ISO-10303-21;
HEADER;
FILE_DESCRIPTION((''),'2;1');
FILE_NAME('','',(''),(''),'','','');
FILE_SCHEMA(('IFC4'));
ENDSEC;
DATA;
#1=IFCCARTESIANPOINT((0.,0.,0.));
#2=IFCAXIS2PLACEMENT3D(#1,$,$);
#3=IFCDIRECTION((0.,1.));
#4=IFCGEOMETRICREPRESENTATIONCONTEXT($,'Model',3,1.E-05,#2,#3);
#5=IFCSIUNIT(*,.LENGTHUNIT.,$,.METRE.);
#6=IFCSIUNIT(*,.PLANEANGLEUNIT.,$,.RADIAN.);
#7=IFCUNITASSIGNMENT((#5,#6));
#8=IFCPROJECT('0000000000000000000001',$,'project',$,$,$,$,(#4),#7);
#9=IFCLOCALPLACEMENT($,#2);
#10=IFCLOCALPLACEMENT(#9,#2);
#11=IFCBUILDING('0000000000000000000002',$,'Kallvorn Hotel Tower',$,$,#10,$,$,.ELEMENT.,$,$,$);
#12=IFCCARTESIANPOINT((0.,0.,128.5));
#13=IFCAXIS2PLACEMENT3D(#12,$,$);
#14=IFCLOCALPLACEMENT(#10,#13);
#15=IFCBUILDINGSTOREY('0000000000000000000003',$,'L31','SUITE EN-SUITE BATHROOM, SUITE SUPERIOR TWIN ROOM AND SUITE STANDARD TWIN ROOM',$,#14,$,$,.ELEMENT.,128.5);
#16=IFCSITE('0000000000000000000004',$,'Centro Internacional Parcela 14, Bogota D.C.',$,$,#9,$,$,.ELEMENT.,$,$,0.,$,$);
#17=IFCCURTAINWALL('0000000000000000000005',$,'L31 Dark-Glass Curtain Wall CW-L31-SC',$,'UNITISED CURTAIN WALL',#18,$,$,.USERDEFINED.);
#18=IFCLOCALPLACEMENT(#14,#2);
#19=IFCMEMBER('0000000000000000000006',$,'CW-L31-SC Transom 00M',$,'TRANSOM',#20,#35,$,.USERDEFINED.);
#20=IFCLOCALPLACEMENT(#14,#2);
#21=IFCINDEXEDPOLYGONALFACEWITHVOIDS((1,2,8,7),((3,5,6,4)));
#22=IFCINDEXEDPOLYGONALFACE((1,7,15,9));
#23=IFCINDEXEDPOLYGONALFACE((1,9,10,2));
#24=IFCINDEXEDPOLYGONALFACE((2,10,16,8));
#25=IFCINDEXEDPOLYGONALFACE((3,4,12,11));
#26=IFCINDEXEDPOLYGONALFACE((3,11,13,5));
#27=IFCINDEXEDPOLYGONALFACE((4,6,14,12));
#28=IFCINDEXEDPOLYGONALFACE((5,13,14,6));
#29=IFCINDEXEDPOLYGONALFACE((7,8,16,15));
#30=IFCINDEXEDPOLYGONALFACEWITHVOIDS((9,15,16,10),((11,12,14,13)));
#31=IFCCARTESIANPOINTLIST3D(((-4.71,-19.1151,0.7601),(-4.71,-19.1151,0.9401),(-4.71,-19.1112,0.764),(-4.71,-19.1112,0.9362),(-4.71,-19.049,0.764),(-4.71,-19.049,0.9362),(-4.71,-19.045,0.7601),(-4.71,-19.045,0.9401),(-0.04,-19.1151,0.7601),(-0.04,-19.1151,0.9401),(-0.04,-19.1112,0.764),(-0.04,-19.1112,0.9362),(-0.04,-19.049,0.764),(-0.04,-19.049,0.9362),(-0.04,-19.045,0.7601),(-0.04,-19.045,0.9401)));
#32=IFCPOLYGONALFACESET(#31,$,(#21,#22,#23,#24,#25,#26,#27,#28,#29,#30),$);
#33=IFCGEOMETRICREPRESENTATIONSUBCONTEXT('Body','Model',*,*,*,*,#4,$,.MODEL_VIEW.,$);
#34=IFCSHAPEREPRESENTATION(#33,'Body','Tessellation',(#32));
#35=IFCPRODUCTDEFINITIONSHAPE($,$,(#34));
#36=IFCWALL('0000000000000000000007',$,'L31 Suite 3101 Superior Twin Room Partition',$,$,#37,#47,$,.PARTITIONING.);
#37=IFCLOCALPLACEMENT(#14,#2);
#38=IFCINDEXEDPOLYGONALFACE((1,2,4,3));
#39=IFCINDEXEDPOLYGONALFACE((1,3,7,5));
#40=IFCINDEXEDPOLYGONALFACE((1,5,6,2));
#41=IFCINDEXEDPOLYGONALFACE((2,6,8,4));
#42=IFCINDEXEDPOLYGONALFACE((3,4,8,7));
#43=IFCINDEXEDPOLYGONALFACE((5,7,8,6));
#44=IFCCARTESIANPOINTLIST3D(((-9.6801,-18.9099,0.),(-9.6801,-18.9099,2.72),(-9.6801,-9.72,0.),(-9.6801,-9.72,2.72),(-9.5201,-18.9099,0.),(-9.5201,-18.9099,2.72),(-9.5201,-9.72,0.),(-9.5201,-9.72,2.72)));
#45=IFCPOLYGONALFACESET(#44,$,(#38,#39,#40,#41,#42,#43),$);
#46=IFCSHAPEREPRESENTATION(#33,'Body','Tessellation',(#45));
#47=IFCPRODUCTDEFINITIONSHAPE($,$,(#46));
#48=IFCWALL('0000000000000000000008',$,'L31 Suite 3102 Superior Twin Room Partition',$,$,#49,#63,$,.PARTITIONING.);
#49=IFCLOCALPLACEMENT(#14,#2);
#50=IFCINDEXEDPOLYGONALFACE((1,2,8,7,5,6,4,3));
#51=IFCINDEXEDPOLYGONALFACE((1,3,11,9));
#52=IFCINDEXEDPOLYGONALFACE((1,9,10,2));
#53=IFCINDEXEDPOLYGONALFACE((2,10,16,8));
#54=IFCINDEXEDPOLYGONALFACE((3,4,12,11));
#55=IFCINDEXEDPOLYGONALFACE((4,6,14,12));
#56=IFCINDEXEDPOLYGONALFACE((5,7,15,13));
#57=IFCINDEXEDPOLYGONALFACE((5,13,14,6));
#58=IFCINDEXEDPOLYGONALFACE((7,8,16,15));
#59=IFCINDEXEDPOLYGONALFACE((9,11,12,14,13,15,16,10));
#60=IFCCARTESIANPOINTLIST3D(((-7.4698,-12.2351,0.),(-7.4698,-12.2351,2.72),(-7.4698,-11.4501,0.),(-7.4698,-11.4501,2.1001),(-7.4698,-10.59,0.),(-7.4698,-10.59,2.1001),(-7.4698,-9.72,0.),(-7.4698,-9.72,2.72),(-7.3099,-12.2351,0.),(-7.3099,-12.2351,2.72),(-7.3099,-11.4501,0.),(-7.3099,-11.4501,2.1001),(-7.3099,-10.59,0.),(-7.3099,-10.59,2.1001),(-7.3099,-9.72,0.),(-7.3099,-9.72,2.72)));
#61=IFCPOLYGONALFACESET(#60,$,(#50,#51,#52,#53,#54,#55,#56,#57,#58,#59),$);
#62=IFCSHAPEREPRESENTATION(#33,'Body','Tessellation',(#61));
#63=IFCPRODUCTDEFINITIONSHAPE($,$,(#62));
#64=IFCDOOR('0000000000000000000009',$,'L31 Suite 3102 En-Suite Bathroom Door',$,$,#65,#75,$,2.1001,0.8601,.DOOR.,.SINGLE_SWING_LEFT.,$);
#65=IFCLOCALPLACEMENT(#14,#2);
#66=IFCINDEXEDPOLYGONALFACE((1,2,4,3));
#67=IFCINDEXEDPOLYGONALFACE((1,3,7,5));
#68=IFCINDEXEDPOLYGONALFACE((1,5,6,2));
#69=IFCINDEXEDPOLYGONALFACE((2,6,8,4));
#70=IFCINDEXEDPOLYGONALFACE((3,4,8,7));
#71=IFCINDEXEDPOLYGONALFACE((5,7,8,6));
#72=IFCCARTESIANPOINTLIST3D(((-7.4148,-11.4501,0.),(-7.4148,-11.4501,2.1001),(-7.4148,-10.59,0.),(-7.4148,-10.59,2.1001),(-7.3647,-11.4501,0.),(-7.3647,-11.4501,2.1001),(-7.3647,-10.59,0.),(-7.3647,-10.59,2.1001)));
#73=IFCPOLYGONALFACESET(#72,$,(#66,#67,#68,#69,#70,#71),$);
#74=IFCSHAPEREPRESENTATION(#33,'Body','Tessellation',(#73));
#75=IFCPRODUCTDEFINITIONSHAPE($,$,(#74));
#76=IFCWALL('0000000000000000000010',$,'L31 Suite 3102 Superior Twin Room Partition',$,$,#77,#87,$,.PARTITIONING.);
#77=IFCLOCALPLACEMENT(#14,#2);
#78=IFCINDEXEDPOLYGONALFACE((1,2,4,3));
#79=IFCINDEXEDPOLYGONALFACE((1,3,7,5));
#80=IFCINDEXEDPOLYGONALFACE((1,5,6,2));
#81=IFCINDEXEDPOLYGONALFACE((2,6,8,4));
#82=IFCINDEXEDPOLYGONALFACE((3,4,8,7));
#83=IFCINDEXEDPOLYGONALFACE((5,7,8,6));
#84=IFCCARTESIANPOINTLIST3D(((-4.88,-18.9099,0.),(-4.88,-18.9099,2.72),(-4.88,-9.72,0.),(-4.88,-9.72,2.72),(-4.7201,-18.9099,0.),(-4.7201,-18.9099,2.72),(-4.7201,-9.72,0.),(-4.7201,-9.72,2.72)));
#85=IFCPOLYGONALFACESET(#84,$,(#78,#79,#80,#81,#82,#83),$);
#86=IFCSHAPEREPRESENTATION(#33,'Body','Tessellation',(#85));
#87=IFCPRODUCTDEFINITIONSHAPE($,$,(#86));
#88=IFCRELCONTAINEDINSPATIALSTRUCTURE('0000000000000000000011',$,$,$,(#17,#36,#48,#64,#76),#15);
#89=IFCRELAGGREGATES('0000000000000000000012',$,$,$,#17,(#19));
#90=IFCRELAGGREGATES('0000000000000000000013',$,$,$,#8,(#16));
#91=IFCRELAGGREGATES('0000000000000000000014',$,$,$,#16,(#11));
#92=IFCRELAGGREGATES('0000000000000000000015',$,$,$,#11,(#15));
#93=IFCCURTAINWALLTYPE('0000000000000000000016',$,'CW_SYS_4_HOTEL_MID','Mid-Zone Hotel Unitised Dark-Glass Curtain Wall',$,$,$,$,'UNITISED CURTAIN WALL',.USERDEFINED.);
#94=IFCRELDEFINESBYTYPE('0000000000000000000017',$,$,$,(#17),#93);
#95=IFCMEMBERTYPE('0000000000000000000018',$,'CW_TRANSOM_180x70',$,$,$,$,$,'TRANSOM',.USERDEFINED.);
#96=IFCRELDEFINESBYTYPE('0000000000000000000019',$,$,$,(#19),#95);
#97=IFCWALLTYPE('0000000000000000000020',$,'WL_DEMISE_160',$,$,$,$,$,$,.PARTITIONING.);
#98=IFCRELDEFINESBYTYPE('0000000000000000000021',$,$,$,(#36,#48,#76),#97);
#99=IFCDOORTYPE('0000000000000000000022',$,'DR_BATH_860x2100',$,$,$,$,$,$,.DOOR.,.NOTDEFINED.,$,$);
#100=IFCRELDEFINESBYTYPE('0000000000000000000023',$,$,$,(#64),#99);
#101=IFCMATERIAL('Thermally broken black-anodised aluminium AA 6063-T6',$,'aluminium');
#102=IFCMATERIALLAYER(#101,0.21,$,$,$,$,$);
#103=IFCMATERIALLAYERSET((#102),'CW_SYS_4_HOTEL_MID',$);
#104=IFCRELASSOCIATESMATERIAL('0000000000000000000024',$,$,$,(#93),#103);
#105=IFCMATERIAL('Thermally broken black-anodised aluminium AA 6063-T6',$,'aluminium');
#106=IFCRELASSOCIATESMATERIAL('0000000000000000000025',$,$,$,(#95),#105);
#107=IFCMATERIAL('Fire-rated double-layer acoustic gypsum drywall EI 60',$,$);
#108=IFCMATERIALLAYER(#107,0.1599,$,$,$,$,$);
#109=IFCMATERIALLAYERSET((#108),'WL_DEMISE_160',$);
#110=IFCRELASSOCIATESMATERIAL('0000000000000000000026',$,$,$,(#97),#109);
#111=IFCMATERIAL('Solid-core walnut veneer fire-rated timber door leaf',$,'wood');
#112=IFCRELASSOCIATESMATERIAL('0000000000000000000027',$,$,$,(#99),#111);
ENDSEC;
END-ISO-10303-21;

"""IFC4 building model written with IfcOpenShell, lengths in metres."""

from ifc_helpers import new_model, si_unit, direction, frame, frame_2d, origin, origin_2d, place, context, subcontext, project, spatial, rectangle, hollow_rectangle, extrude, material, layer, layer_set, material_profile, profile_set, type_object, element, fill, aggregate, save


model = new_model("IFC4")

# Units and contexts
model_context = context("Model", 3, precision=1e-05, world=origin(), true_north=direction((0.0, 1.0)))
body_context = subcontext(model_context, "Body", "Model", "MODEL_VIEW")
ifc_project = project(units=[si_unit("LENGTHUNIT", "METRE"), si_unit("PLANEANGLEUNIT", "RADIAN")], contexts=[model_context])

# Site, building, storey
site_placement = place(None, origin())
site = spatial("IfcSite", under=ifc_project, at=site_placement, Name="Centro Internacional Parcela 14, Bogota D.C.", CompositionType="ELEMENT", RefElevation=0.0)
building_placement = place(site_placement, origin())
building = spatial("IfcBuilding", under=site, at=building_placement, Name="Kallvorn Hotel Tower", CompositionType="ELEMENT")
storey_placement = place(building_placement, frame((0.0, 0.0, 128.5)))
storey = spatial("IfcBuildingStorey", under=building, at=storey_placement, Name="L31", Description="SUITE EN-SUITE BATHROOM, SUITE SUPERIOR TWIN ROOM AND SUITE STANDARD TWIN ROOM", CompositionType="ELEMENT", Elevation=128.5)

# Curtain wall, member
ifc_material_1 = material(Name="Thermally broken black-anodised aluminium AA 6063-T6", Category="aluminium")
ifc_layer_1 = layer(ifc_material_1, 0.21)
ifc_layer_set_1 = layer_set([ifc_layer_1], Name="CW_SYS_4_HOTEL_MID")
curtain_wall_type = type_object("IfcCurtainWallType", Name="CW_SYS_4_HOTEL_MID", Description="Mid-Zone Hotel Unitised Dark-Glass Curtain Wall", ElementType="UNITISED CURTAIN WALL", PredefinedType="USERDEFINED", material=ifc_layer_set_1)
curtain_wall_placement = place(storey_placement, origin())
curtain_wall = element("IfcCurtainWall", 1, at=curtain_wall_placement, inside=storey, type_object=curtain_wall_type, Name="L31 Dark-Glass Curtain Wall CW-L31-SC", ObjectType="UNITISED CURTAIN WALL", PredefinedType="USERDEFINED")
ifc_material_2 = material(Name="Thermally broken black-anodised aluminium AA 6063-T6", Category="aluminium")
ifc_material_profile_1 = material_profile(ifc_material_2, hollow_rectangle(XDim=0.0701, YDim=0.1799, WallThickness=0.0039, at=origin_2d()), Name="TRN 180x70")
ifc_profile_set_1 = profile_set([ifc_material_profile_1], Name="Thermally broken black-anodised aluminium AA 6063-T6")
member_type_1 = type_object("IfcMemberType", Name="CW_TRANSOM_180x70", ElementType="TRANSOM", PredefinedType="USERDEFINED", material=ifc_profile_set_1)
member_1_placement = place(storey_placement, frame((-4.71, -19.0801, 0.8501), z_axis=(1.0, 0.0, 0.0), x_axis=(0.0, 1.0, 0.0)))
member_1 = element("IfcMember", 2, at=member_1_placement, type_object=member_type_1, Name="CW-L31-SC Transom 00M", ObjectType="TRANSOM", PredefinedType="USERDEFINED", context=body_context, shape_type="SweptSolid", body=[
    extrude(hollow_rectangle(XDim=0.0701, YDim=0.1799, WallThickness=0.0039, at=origin_2d()), origin(), (0.0, 0.0, 1.0), 4.6699),
])
aggregate(curtain_wall, [member_1])

# Wall
ifc_material_3 = material(Name="Fire-rated double-layer acoustic gypsum drywall EI 60")
ifc_layer_2 = layer(ifc_material_3, 0.1599)
ifc_layer_set_2 = layer_set([ifc_layer_2], Name="WL_DEMISE_160")
wall_type = type_object("IfcWallType", Name="WL_DEMISE_160", PredefinedType="PARTITIONING", material=ifc_layer_set_2)
wall_1_placement = place(storey_placement, frame((-9.6001, -18.9099, 0.0), z_axis=(0.0, 0.0, 1.0), x_axis=(0.0, 1.0, 0.0)))
element("IfcWall", 3, at=wall_1_placement, inside=storey, type_object=wall_type, Name="L31 Suite 3101 Superior Twin Room Partition", PredefinedType="PARTITIONING", context=body_context, shape_type="SweptSolid", body=[
    extrude(rectangle(XDim=9.1899, YDim=0.1599, at=frame_2d((4.595, 0.0))), origin(), (0.0, 0.0, 1.0), 2.72),
])

# Wall, opening, door
wall_2_placement = place(storey_placement, frame((-7.3899, -12.2351, 0.0), z_axis=(0.0, 0.0, 1.0), x_axis=(0.0, 1.0, 0.0)))
wall_2 = element("IfcWall", 4, at=wall_2_placement, inside=storey, type_object=wall_type, Name="L31 Suite 3102 Superior Twin Room Partition", PredefinedType="PARTITIONING", context=body_context, shape_type="SweptSolid", body=[
    extrude(rectangle(XDim=2.5151, YDim=0.1599, at=frame_2d((1.2576, 0.0))), origin(), (0.0, 0.0, 1.0), 2.72),
])
opening_placement = place(wall_2_placement, frame((0.7849, 0.0, 0.0)))
opening = element("IfcOpeningElement", 5, at=opening_placement, cuts=wall_2, PredefinedType="OPENING", context=body_context, shape_type="SweptSolid", body=[
    extrude(rectangle(XDim=0.8601, YDim=2.1001, at=frame_2d((0.4302, 1.05))), frame((0.0, 0.095, 0.0), z_axis=(0.0, -1.0, 0.0), x_axis=(1.0, 0.0, 0.0)), (0.0, 0.0, 1.0), 0.1899),
])
ifc_material_4 = material(Name="Solid-core walnut veneer fire-rated timber door leaf", Category="wood")
door_type = type_object("IfcDoorType", Name="DR_BATH_860x2100", OperationType="NOTDEFINED", PredefinedType="DOOR", material=ifc_material_4)
door_placement = place(opening_placement, origin())
door = element("IfcDoor", 6, at=door_placement, inside=storey, type_object=door_type, Name="L31 Suite 3102 En-Suite Bathroom Door", OperationType="SINGLE_SWING_LEFT", OverallHeight=2.1001, OverallWidth=0.8601, PredefinedType="DOOR", context=body_context, shape_type="SweptSolid", body=[
    extrude(rectangle(XDim=0.8601, YDim=2.1001, at=frame_2d((0.4302, 1.05))), frame((0.0, 0.0249, 0.0), z_axis=(0.0, -1.0, 0.0), x_axis=(1.0, 0.0, 0.0)), (0.0, 0.0, 1.0), 0.05),
])
fill(opening, door)

# Wall
wall_3_placement = place(storey_placement, frame((-4.8, -18.9099, 0.0), z_axis=(0.0, 0.0, 1.0), x_axis=(0.0, 1.0, 0.0)))
element("IfcWall", 7, at=wall_3_placement, inside=storey, type_object=wall_type, Name="L31 Suite 3102 Superior Twin Room Partition", PredefinedType="PARTITIONING", context=body_context, shape_type="SweptSolid", body=[
    extrude(rectangle(XDim=9.1899, YDim=0.1599, at=frame_2d((4.595, 0.0))), origin(), (0.0, 0.0, 1.0), 2.72),
])

save(model, "model.ifc")
